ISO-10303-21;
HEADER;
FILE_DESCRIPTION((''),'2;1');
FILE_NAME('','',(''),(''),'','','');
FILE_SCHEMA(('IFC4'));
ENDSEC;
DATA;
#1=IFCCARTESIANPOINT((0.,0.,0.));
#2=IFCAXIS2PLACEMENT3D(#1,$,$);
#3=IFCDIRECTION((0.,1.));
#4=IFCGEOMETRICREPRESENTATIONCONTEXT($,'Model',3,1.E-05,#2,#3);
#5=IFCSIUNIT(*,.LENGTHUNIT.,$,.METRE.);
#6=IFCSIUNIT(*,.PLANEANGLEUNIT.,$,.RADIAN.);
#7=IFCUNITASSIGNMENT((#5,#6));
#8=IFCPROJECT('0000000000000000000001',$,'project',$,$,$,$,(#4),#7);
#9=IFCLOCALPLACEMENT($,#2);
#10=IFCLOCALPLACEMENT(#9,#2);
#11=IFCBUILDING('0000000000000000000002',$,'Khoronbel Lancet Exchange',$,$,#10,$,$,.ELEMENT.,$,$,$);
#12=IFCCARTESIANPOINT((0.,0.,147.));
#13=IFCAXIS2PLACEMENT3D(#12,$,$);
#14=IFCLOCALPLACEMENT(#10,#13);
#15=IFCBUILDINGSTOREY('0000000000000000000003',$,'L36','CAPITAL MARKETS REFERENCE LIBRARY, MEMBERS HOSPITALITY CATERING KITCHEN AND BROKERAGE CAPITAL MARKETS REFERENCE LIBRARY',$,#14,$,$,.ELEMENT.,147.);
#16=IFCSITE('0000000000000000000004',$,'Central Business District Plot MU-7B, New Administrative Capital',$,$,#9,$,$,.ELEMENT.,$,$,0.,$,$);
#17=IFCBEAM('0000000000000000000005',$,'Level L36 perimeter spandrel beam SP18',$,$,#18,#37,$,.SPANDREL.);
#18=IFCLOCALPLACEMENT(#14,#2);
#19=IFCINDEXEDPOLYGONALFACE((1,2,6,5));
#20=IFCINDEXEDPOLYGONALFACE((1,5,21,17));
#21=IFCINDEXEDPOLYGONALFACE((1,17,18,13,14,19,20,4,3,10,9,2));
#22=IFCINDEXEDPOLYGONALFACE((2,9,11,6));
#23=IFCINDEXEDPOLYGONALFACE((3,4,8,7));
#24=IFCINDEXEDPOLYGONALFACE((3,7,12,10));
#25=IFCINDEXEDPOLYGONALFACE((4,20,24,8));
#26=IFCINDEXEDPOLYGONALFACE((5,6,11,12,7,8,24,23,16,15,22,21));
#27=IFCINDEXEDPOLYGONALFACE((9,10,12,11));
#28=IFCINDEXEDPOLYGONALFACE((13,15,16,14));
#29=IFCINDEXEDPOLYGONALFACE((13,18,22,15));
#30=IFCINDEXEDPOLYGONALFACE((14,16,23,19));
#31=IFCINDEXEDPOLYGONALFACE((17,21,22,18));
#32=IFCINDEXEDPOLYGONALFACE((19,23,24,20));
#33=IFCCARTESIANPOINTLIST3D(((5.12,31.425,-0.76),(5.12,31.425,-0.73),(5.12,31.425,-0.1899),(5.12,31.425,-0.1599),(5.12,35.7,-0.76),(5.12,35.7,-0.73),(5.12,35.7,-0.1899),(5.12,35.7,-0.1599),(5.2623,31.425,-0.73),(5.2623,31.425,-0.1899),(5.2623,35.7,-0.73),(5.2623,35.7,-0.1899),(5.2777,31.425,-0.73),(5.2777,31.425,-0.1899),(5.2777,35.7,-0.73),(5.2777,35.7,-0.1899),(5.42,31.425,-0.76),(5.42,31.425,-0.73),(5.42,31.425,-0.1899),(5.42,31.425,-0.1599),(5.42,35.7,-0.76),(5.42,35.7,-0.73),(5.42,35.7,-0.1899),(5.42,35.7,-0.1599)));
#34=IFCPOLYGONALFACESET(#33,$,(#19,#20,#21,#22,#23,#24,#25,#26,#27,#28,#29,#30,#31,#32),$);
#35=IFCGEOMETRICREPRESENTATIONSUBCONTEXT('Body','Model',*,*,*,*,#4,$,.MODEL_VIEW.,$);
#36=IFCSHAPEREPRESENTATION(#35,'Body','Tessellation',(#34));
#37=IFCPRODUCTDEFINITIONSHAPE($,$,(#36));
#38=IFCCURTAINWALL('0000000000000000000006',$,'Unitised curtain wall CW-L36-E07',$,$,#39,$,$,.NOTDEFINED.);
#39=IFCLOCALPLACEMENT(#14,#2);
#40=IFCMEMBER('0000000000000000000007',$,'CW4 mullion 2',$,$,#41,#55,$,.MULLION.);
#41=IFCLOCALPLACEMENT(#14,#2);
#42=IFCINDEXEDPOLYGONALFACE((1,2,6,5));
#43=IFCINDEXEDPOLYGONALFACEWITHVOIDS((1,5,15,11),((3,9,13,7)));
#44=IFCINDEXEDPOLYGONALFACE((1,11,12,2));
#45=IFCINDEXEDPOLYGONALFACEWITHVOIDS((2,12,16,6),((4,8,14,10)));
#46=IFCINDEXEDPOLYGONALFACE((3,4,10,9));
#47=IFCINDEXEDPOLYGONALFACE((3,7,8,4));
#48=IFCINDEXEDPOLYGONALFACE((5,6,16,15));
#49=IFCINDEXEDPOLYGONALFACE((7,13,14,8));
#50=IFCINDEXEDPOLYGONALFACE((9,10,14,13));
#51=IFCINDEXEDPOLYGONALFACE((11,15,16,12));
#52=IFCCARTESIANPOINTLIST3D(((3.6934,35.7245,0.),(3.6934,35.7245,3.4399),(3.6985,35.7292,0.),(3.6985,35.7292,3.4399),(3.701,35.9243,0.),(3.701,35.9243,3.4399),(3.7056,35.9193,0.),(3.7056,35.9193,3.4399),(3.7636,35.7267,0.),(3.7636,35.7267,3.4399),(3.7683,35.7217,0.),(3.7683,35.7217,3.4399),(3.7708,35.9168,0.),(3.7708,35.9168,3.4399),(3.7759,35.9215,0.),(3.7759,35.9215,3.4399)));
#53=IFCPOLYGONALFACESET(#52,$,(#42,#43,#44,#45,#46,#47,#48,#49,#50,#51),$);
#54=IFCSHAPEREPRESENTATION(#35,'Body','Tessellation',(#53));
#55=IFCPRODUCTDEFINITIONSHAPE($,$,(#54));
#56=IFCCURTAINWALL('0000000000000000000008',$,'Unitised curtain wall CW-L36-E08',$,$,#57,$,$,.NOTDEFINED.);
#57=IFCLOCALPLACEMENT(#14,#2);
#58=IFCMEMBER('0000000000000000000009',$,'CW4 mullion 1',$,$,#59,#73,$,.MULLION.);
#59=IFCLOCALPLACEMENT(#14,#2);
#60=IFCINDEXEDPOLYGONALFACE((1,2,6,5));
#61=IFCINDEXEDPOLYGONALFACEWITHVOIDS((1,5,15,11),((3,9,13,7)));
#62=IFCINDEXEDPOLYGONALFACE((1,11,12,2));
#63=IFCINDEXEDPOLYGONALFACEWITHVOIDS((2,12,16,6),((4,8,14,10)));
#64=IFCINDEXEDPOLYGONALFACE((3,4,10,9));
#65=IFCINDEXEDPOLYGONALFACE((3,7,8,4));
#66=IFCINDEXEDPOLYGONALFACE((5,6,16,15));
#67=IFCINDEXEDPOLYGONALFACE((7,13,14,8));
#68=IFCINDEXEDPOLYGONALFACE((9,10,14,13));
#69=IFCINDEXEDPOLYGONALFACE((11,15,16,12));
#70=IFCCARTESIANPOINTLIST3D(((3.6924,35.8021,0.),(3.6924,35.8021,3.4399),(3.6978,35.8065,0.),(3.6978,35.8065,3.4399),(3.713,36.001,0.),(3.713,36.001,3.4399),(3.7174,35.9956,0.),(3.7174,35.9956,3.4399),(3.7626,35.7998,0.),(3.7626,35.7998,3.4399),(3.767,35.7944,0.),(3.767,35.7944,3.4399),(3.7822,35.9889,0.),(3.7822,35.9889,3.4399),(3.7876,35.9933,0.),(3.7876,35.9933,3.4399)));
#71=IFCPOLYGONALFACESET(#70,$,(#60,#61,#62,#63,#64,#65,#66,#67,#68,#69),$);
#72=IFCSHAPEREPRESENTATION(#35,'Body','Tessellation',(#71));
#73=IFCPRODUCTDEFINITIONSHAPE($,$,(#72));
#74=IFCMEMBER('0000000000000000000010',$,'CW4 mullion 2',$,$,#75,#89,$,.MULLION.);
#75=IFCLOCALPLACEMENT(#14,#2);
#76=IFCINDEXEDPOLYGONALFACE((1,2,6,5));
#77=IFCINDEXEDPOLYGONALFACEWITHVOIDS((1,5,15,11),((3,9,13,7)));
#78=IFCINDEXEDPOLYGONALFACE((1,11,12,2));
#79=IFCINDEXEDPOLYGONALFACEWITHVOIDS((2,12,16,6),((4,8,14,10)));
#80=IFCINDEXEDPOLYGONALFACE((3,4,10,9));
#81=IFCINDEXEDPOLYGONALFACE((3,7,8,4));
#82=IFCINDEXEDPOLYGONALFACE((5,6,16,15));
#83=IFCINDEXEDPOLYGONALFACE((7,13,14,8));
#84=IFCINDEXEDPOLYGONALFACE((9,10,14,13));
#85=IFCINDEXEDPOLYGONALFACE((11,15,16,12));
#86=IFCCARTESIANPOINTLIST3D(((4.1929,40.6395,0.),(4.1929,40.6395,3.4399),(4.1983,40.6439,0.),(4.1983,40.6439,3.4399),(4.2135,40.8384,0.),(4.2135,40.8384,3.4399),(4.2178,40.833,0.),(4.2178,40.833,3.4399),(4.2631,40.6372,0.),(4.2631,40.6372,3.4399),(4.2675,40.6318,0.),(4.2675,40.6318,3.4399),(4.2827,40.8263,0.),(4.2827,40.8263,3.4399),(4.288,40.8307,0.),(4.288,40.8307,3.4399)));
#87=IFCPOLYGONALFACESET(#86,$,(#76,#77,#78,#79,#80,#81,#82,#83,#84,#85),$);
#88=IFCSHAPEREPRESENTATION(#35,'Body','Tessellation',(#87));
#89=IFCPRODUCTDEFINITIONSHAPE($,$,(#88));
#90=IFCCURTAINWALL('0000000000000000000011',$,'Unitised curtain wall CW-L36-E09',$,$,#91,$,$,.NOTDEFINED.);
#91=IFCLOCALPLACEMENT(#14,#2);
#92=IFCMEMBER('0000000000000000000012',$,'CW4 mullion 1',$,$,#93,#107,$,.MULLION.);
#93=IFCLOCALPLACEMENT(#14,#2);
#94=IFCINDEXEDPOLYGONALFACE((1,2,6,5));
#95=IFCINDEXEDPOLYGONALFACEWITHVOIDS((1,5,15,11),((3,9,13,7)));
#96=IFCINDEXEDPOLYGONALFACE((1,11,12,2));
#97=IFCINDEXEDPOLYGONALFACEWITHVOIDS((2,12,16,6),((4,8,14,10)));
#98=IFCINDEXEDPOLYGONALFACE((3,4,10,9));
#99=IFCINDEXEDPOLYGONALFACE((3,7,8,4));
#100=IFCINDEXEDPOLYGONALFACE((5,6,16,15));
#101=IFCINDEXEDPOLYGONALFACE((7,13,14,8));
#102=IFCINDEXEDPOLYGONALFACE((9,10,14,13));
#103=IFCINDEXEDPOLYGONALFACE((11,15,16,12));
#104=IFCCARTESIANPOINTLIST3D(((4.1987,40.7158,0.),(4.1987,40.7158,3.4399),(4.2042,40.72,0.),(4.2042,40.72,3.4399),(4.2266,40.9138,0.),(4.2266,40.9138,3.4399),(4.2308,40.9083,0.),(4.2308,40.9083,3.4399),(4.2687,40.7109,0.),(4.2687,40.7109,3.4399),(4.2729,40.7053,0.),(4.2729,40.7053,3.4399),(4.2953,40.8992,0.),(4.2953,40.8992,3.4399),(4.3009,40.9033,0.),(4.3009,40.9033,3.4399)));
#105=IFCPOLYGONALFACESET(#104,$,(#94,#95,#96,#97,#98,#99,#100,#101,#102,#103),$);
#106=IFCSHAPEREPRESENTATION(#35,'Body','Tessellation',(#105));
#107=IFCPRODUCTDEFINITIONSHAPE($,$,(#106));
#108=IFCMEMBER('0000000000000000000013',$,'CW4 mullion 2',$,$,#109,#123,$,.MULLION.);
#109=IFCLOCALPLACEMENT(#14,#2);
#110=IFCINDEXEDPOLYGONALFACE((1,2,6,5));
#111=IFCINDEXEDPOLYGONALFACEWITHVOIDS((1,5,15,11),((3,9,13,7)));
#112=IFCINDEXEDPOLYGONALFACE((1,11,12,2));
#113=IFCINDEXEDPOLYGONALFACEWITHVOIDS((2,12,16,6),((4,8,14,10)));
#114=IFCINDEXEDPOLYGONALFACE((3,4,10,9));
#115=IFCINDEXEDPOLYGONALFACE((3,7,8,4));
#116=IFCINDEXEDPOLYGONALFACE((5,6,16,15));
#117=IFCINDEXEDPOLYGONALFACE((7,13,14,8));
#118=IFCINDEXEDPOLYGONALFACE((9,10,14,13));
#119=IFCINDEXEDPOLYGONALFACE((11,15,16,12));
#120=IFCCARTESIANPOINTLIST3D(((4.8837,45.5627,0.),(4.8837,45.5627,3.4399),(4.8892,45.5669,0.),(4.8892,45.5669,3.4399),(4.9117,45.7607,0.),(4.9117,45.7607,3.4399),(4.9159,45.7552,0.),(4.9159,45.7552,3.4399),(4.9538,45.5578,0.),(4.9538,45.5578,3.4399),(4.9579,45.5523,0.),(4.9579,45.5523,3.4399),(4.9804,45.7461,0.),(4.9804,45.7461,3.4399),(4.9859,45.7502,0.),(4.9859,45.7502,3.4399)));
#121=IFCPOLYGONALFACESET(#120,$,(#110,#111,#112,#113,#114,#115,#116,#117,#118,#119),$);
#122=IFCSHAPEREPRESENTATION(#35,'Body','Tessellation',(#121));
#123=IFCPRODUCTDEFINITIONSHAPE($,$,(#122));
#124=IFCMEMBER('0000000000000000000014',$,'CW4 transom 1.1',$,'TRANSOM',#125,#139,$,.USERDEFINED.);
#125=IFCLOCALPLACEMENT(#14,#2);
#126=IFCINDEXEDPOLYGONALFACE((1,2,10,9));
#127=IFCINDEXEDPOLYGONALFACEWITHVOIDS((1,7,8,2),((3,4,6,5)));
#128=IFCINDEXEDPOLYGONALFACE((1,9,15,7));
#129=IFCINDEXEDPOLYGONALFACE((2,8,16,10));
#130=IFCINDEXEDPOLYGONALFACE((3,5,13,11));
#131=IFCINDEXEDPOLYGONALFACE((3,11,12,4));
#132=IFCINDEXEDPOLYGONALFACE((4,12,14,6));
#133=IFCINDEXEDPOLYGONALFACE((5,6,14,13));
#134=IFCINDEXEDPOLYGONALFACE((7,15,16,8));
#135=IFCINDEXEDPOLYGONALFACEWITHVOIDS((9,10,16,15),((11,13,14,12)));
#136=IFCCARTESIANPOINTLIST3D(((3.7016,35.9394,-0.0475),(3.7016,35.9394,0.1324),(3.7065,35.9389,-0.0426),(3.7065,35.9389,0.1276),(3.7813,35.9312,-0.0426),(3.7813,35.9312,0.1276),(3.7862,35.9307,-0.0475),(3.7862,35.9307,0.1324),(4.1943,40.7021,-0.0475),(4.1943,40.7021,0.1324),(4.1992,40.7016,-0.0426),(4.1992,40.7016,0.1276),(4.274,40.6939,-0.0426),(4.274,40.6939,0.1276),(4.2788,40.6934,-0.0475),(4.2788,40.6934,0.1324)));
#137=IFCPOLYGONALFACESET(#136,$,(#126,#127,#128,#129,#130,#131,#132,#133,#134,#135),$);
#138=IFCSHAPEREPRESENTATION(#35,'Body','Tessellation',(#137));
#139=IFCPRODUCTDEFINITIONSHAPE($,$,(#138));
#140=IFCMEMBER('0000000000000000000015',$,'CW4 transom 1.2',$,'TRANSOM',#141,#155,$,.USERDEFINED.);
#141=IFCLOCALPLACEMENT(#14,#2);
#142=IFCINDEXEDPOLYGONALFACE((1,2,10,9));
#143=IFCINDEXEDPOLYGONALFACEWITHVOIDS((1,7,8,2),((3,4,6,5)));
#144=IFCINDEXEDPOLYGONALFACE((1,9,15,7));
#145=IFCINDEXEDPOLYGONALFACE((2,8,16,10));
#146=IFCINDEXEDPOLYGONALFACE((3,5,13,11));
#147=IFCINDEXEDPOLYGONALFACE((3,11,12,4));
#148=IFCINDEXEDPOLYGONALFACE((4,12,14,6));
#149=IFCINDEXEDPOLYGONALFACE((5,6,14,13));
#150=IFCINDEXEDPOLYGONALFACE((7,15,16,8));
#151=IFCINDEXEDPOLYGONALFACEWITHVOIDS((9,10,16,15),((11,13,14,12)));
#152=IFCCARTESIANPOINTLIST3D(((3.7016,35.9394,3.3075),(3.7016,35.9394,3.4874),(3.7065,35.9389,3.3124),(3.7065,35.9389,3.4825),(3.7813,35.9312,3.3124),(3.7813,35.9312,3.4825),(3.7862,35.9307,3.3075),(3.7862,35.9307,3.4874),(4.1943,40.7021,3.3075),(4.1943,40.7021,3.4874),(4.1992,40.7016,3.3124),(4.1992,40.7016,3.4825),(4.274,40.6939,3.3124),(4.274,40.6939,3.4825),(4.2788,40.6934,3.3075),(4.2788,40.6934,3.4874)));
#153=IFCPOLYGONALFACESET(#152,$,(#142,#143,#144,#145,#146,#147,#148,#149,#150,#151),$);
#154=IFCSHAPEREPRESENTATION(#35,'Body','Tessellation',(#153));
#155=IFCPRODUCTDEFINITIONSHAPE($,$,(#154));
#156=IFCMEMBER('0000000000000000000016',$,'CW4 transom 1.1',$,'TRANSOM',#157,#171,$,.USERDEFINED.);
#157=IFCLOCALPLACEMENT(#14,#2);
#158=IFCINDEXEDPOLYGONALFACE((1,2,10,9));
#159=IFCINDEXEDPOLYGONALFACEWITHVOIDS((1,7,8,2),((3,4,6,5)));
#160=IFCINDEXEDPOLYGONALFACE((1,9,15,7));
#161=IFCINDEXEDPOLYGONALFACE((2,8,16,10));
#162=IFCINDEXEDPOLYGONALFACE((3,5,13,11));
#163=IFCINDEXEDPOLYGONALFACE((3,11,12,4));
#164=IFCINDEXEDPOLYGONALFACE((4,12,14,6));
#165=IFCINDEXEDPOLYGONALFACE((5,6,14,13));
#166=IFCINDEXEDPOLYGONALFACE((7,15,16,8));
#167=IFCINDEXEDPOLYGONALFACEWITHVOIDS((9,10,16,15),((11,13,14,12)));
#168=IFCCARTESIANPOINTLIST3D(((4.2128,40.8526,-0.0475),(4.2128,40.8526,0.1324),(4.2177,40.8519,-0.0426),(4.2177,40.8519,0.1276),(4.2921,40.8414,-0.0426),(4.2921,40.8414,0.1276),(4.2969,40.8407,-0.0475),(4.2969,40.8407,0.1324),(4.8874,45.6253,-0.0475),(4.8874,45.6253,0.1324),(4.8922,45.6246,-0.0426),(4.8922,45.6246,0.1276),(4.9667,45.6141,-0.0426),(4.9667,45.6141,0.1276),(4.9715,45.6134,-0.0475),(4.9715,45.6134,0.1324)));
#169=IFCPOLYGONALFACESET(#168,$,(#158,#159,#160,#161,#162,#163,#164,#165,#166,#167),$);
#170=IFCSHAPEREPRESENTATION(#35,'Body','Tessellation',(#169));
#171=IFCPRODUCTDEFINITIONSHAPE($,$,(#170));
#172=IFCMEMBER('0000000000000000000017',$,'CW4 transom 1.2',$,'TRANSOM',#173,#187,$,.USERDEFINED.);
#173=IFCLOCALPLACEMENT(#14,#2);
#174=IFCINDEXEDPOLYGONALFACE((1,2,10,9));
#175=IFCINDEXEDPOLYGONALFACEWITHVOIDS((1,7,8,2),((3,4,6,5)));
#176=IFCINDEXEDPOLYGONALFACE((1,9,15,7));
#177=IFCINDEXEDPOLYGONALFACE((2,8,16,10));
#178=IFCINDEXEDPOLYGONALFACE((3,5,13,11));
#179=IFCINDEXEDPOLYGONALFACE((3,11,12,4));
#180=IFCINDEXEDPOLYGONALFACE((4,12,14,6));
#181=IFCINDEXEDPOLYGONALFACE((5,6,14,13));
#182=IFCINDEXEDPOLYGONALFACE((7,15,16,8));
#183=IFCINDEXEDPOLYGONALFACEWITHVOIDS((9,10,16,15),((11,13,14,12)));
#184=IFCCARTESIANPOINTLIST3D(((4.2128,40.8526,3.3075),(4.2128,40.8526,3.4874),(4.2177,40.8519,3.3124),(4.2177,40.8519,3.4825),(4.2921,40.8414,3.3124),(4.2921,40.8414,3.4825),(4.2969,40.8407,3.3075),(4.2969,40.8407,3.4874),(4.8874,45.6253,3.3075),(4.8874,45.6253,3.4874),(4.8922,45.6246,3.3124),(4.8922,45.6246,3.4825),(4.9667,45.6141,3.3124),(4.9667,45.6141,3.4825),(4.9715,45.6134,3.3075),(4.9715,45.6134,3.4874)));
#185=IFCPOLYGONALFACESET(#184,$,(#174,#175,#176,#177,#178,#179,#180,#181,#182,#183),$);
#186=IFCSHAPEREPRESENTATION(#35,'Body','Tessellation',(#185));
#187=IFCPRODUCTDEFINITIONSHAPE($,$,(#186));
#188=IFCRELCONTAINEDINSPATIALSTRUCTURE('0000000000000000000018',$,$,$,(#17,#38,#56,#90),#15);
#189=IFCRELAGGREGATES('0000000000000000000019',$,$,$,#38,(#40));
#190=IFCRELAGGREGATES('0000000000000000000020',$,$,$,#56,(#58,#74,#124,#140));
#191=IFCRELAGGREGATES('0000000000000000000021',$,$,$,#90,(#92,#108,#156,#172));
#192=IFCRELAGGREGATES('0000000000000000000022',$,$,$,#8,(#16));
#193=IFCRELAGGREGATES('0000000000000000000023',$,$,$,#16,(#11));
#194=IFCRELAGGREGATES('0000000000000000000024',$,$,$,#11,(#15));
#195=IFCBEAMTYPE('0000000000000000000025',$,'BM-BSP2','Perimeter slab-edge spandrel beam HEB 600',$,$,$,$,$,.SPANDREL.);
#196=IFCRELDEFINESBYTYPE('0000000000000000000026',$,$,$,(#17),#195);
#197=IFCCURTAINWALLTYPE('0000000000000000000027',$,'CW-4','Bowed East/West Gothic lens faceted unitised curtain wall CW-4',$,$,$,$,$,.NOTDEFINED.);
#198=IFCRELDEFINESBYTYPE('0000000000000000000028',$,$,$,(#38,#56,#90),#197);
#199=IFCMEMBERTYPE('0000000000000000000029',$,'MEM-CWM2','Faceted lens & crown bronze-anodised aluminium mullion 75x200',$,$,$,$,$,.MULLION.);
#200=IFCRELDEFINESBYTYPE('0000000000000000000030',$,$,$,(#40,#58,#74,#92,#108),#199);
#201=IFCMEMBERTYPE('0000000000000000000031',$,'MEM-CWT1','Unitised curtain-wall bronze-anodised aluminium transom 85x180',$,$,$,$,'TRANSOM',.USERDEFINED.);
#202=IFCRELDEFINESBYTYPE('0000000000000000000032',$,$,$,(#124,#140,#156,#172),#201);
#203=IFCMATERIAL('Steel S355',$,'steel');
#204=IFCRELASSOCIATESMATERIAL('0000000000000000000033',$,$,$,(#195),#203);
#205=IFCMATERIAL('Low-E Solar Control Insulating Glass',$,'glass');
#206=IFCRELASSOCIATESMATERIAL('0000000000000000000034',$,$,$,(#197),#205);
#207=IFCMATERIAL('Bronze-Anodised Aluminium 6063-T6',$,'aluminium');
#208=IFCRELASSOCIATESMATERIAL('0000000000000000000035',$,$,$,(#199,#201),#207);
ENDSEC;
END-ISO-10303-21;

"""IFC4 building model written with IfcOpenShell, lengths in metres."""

from ifc_helpers import new_model, si_unit, direction, frame, origin, origin_2d, place, context, subcontext, project, spatial, hollow_rectangle, i_section, extrude, material, material_profile, profile_set, type_object, element, aggregate, save


model = new_model("IFC4")

# Units and contexts
model_context = context("Model", 3, precision=1e-05, world=origin(), true_north=direction((0.0, 1.0)))
body_context = subcontext(model_context, "Body", "Model", "MODEL_VIEW")
ifc_project = project(units=[si_unit("LENGTHUNIT", "METRE"), si_unit("PLANEANGLEUNIT", "RADIAN")], contexts=[model_context])

# Site, building, storey
site_placement = place(None, origin())
site = spatial("IfcSite", under=ifc_project, at=site_placement, Name="Central Business District Plot MU-7B, New Administrative Capital", CompositionType="ELEMENT", RefElevation=0.0)
building_placement = place(site_placement, origin())
building = spatial("IfcBuilding", under=site, at=building_placement, Name="Khoronbel Lancet Exchange", CompositionType="ELEMENT")
storey_placement = place(building_placement, frame((0.0, 0.0, 147.0)))
storey = spatial("IfcBuildingStorey", under=building, at=storey_placement, Name="L36", Description="CAPITAL MARKETS REFERENCE LIBRARY, MEMBERS HOSPITALITY CATERING KITCHEN AND BROKERAGE CAPITAL MARKETS REFERENCE LIBRARY", CompositionType="ELEMENT", Elevation=147.0)

# Shared definitions
ifc_material_1 = material(Name="Steel S355", Category="steel")

# Beam
ifc_material_profile_1 = material_profile(ifc_material_1, i_section(OverallWidth=0.3, OverallDepth=0.6001, WebThickness=0.0154, FlangeThickness=0.03, at=origin_2d()), Name="HEB 600")
ifc_profile_set_1 = profile_set([ifc_material_profile_1], Name="Steel S355")
beam_type_1 = type_object("IfcBeamType", Name="BM-BSP2", Description="Perimeter slab-edge spandrel beam HEB 600", PredefinedType="SPANDREL", material=ifc_profile_set_1)
beam_1_placement = place(storey_placement, frame((5.27, 35.7, -0.46), z_axis=(0.0, -1.0, 0.0), x_axis=(1.0, 0.0, 0.0)))
element("IfcBeam", 1, at=beam_1_placement, inside=storey, type_object=beam_type_1, Name="Level L36 perimeter spandrel beam SP18", PredefinedType="SPANDREL", context=body_context, shape_type="SweptSolid", body=[
    extrude(i_section(OverallWidth=0.3, OverallDepth=0.6001, WebThickness=0.0154, FlangeThickness=0.03, at=origin_2d()), origin(), (0.0, 0.0, 1.0), 4.2749),
])

# Curtain wall, member
ifc_material_2 = material(Name="Low-E Solar Control Insulating Glass", Category="glass")
curtain_wall_type = type_object("IfcCurtainWallType", Name="CW-4", Description="Bowed East/West Gothic lens faceted unitised curtain wall CW-4", PredefinedType="NOTDEFINED", material=ifc_material_2)
curtain_wall_1_placement = place(storey_placement, origin())
curtain_wall_1 = element("IfcCurtainWall", 2, at=curtain_wall_1_placement, inside=storey, type_object=curtain_wall_type, Name="Unitised curtain wall CW-L36-E07", PredefinedType="NOTDEFINED")
ifc_material_3 = material(Name="Bronze-Anodised Aluminium 6063-T6", Category="aluminium")
ifc_material_profile_2 = material_profile(ifc_material_3, hollow_rectangle(XDim=0.075, YDim=0.2, WallThickness=0.0049, at=origin_2d()), Name="ALU MULLION 75x200")
ifc_profile_set_2 = profile_set([ifc_material_profile_2], Name="Bronze-Anodised Aluminium 6063-T6")
member_type_1 = type_object("IfcMemberType", Name="MEM-CWM2", Description="Faceted lens & crown bronze-anodised aluminium mullion 75x200", PredefinedType="MULLION", material=ifc_profile_set_2)
member_1_placement = place(storey_placement, frame((3.7346, 35.823, 0.0), z_axis=(0.0, 0.0, 1.0), x_axis=(-0.999284, 0.037831, 0.0)))
member_1 = element("IfcMember", 3, at=member_1_placement, type_object=member_type_1, Name="CW4 mullion 2", PredefinedType="MULLION", context=body_context, shape_type="SweptSolid", body=[
    extrude(hollow_rectangle(XDim=0.075, YDim=0.2, WallThickness=0.0049, at=origin_2d()), origin(), (0.0, 0.0, 1.0), 3.4399),
])
aggregate(curtain_wall_1, [member_1])

# Curtain walls, members
curtain_wall_2_placement = place(storey_placement, origin())
curtain_wall_2 = element("IfcCurtainWall", 4, at=curtain_wall_2_placement, inside=storey, type_object=curtain_wall_type, Name="Unitised curtain wall CW-L36-E08", PredefinedType="NOTDEFINED")
member_2_placement = place(storey_placement, frame((3.74, 35.8977, 0.0), z_axis=(0.0, 0.0, 1.0), x_axis=(-0.994688, 0.102932, 0.0)))
member_2 = element("IfcMember", 5, at=member_2_placement, type_object=member_type_1, Name="CW4 mullion 1", PredefinedType="MULLION", context=body_context, shape_type="SweptSolid", body=[
    extrude(hollow_rectangle(XDim=0.075, YDim=0.2, WallThickness=0.0049, at=origin_2d()), origin(), (0.0, 0.0, 1.0), 3.4399),
])
member_3_placement = place(storey_placement, frame((4.2405, 40.7351, 0.0), z_axis=(0.0, 0.0, 1.0), x_axis=(-0.994688, 0.102932, 0.0)))
member_3 = element("IfcMember", 6, at=member_3_placement, type_object=member_type_1, Name="CW4 mullion 2", PredefinedType="MULLION", context=body_context, shape_type="SweptSolid", body=[
    extrude(hollow_rectangle(XDim=0.075, YDim=0.2, WallThickness=0.0049, at=origin_2d()), origin(), (0.0, 0.0, 1.0), 3.4399),
])
curtain_wall_3_placement = place(storey_placement, origin())
curtain_wall_3 = element("IfcCurtainWall", 7, at=curtain_wall_3_placement, inside=storey, type_object=curtain_wall_type, Name="Unitised curtain wall CW-L36-E09", PredefinedType="NOTDEFINED")
member_4_placement = place(storey_placement, frame((4.2498, 40.8096, 0.0), z_axis=(0.0, 0.0, 1.0), x_axis=(-0.990158, 0.139954, 0.0)))
member_4 = element("IfcMember", 8, at=member_4_placement, type_object=member_type_1, Name="CW4 mullion 1", PredefinedType="MULLION", context=body_context, shape_type="SweptSolid", body=[
    extrude(hollow_rectangle(XDim=0.075, YDim=0.2, WallThickness=0.0049, at=origin_2d()), origin(), (0.0, 0.0, 1.0), 3.4399),
])
member_5_placement = place(storey_placement, frame((4.9348, 45.6565, 0.0), z_axis=(0.0, 0.0, 1.0), x_axis=(-0.990158, 0.139954, 0.0)))
member_5 = element("IfcMember", 9, at=member_5_placement, type_object=member_type_1, Name="CW4 mullion 2", PredefinedType="MULLION", context=body_context, shape_type="SweptSolid", body=[
    extrude(hollow_rectangle(XDim=0.075, YDim=0.2, WallThickness=0.0049, at=origin_2d()), origin(), (0.0, 0.0, 1.0), 3.4399),
])

# Members
ifc_material_profile_3 = material_profile(ifc_material_3, hollow_rectangle(XDim=0.085, YDim=0.1799, WallThickness=0.0049, at=origin_2d()), Name="ALU TRANSOM 85x180")
ifc_profile_set_3 = profile_set([ifc_material_profile_3], Name="Bronze-Anodised Aluminium 6063-T6")
member_type_2 = type_object("IfcMemberType", Name="MEM-CWT1", Description="Unitised curtain-wall bronze-anodised aluminium transom 85x180", ElementType="TRANSOM", PredefinedType="USERDEFINED", material=ifc_profile_set_3)
member_6_placement = place(storey_placement, frame((3.7439, 35.9351, 0.0425), z_axis=(0.102896, 0.994692, 0.0), x_axis=(-0.994692, 0.102896, 0.0)))
member_6 = element("IfcMember", 10, at=member_6_placement, type_object=member_type_2, Name="CW4 transom 1.1", ObjectType="TRANSOM", PredefinedType="USERDEFINED", context=body_context, shape_type="SweptSolid", body=[
    extrude(hollow_rectangle(XDim=0.085, YDim=0.1799, WallThickness=0.0049, at=origin_2d()), origin(), (0.0, 0.0, 1.0), 4.7881),
])
member_7_placement = place(storey_placement, frame((3.7439, 35.9351, 3.3975), z_axis=(0.102896, 0.994692, 0.0), x_axis=(-0.994692, 0.102896, 0.0)))
member_7 = element("IfcMember", 11, at=member_7_placement, type_object=member_type_2, Name="CW4 transom 1.2", ObjectType="TRANSOM", PredefinedType="USERDEFINED", context=body_context, shape_type="SweptSolid", body=[
    extrude(hollow_rectangle(XDim=0.085, YDim=0.1799, WallThickness=0.0049, at=origin_2d()), origin(), (0.0, 0.0, 1.0), 4.7881),
])
member_8_placement = place(storey_placement, frame((4.2549, 40.8467, 0.0425), z_axis=(0.139946, 0.990159, 0.0), x_axis=(-0.990159, 0.139946, 0.0)))
member_8 = element("IfcMember", 12, at=member_8_placement, type_object=member_type_2, Name="CW4 transom 1.1", ObjectType="TRANSOM", PredefinedType="USERDEFINED", context=body_context, shape_type="SweptSolid", body=[
    extrude(hollow_rectangle(XDim=0.085, YDim=0.1799, WallThickness=0.0049, at=origin_2d()), origin(), (0.0, 0.0, 1.0), 4.8201),
])
member_9_placement = place(storey_placement, frame((4.2549, 40.8467, 3.3975), z_axis=(0.139946, 0.990159, 0.0), x_axis=(-0.990159, 0.139946, 0.0)))
member_9 = element("IfcMember", 13, at=member_9_placement, type_object=member_type_2, Name="CW4 transom 1.2", ObjectType="TRANSOM", PredefinedType="USERDEFINED", context=body_context, shape_type="SweptSolid", body=[
    extrude(hollow_rectangle(XDim=0.085, YDim=0.1799, WallThickness=0.0049, at=origin_2d()), origin(), (0.0, 0.0, 1.0), 4.8201),
])

aggregate(curtain_wall_2, [member_2, member_3, member_6, member_7])
aggregate(curtain_wall_3, [member_4, member_5, member_8, member_9])

save(model, "model.ifc")
